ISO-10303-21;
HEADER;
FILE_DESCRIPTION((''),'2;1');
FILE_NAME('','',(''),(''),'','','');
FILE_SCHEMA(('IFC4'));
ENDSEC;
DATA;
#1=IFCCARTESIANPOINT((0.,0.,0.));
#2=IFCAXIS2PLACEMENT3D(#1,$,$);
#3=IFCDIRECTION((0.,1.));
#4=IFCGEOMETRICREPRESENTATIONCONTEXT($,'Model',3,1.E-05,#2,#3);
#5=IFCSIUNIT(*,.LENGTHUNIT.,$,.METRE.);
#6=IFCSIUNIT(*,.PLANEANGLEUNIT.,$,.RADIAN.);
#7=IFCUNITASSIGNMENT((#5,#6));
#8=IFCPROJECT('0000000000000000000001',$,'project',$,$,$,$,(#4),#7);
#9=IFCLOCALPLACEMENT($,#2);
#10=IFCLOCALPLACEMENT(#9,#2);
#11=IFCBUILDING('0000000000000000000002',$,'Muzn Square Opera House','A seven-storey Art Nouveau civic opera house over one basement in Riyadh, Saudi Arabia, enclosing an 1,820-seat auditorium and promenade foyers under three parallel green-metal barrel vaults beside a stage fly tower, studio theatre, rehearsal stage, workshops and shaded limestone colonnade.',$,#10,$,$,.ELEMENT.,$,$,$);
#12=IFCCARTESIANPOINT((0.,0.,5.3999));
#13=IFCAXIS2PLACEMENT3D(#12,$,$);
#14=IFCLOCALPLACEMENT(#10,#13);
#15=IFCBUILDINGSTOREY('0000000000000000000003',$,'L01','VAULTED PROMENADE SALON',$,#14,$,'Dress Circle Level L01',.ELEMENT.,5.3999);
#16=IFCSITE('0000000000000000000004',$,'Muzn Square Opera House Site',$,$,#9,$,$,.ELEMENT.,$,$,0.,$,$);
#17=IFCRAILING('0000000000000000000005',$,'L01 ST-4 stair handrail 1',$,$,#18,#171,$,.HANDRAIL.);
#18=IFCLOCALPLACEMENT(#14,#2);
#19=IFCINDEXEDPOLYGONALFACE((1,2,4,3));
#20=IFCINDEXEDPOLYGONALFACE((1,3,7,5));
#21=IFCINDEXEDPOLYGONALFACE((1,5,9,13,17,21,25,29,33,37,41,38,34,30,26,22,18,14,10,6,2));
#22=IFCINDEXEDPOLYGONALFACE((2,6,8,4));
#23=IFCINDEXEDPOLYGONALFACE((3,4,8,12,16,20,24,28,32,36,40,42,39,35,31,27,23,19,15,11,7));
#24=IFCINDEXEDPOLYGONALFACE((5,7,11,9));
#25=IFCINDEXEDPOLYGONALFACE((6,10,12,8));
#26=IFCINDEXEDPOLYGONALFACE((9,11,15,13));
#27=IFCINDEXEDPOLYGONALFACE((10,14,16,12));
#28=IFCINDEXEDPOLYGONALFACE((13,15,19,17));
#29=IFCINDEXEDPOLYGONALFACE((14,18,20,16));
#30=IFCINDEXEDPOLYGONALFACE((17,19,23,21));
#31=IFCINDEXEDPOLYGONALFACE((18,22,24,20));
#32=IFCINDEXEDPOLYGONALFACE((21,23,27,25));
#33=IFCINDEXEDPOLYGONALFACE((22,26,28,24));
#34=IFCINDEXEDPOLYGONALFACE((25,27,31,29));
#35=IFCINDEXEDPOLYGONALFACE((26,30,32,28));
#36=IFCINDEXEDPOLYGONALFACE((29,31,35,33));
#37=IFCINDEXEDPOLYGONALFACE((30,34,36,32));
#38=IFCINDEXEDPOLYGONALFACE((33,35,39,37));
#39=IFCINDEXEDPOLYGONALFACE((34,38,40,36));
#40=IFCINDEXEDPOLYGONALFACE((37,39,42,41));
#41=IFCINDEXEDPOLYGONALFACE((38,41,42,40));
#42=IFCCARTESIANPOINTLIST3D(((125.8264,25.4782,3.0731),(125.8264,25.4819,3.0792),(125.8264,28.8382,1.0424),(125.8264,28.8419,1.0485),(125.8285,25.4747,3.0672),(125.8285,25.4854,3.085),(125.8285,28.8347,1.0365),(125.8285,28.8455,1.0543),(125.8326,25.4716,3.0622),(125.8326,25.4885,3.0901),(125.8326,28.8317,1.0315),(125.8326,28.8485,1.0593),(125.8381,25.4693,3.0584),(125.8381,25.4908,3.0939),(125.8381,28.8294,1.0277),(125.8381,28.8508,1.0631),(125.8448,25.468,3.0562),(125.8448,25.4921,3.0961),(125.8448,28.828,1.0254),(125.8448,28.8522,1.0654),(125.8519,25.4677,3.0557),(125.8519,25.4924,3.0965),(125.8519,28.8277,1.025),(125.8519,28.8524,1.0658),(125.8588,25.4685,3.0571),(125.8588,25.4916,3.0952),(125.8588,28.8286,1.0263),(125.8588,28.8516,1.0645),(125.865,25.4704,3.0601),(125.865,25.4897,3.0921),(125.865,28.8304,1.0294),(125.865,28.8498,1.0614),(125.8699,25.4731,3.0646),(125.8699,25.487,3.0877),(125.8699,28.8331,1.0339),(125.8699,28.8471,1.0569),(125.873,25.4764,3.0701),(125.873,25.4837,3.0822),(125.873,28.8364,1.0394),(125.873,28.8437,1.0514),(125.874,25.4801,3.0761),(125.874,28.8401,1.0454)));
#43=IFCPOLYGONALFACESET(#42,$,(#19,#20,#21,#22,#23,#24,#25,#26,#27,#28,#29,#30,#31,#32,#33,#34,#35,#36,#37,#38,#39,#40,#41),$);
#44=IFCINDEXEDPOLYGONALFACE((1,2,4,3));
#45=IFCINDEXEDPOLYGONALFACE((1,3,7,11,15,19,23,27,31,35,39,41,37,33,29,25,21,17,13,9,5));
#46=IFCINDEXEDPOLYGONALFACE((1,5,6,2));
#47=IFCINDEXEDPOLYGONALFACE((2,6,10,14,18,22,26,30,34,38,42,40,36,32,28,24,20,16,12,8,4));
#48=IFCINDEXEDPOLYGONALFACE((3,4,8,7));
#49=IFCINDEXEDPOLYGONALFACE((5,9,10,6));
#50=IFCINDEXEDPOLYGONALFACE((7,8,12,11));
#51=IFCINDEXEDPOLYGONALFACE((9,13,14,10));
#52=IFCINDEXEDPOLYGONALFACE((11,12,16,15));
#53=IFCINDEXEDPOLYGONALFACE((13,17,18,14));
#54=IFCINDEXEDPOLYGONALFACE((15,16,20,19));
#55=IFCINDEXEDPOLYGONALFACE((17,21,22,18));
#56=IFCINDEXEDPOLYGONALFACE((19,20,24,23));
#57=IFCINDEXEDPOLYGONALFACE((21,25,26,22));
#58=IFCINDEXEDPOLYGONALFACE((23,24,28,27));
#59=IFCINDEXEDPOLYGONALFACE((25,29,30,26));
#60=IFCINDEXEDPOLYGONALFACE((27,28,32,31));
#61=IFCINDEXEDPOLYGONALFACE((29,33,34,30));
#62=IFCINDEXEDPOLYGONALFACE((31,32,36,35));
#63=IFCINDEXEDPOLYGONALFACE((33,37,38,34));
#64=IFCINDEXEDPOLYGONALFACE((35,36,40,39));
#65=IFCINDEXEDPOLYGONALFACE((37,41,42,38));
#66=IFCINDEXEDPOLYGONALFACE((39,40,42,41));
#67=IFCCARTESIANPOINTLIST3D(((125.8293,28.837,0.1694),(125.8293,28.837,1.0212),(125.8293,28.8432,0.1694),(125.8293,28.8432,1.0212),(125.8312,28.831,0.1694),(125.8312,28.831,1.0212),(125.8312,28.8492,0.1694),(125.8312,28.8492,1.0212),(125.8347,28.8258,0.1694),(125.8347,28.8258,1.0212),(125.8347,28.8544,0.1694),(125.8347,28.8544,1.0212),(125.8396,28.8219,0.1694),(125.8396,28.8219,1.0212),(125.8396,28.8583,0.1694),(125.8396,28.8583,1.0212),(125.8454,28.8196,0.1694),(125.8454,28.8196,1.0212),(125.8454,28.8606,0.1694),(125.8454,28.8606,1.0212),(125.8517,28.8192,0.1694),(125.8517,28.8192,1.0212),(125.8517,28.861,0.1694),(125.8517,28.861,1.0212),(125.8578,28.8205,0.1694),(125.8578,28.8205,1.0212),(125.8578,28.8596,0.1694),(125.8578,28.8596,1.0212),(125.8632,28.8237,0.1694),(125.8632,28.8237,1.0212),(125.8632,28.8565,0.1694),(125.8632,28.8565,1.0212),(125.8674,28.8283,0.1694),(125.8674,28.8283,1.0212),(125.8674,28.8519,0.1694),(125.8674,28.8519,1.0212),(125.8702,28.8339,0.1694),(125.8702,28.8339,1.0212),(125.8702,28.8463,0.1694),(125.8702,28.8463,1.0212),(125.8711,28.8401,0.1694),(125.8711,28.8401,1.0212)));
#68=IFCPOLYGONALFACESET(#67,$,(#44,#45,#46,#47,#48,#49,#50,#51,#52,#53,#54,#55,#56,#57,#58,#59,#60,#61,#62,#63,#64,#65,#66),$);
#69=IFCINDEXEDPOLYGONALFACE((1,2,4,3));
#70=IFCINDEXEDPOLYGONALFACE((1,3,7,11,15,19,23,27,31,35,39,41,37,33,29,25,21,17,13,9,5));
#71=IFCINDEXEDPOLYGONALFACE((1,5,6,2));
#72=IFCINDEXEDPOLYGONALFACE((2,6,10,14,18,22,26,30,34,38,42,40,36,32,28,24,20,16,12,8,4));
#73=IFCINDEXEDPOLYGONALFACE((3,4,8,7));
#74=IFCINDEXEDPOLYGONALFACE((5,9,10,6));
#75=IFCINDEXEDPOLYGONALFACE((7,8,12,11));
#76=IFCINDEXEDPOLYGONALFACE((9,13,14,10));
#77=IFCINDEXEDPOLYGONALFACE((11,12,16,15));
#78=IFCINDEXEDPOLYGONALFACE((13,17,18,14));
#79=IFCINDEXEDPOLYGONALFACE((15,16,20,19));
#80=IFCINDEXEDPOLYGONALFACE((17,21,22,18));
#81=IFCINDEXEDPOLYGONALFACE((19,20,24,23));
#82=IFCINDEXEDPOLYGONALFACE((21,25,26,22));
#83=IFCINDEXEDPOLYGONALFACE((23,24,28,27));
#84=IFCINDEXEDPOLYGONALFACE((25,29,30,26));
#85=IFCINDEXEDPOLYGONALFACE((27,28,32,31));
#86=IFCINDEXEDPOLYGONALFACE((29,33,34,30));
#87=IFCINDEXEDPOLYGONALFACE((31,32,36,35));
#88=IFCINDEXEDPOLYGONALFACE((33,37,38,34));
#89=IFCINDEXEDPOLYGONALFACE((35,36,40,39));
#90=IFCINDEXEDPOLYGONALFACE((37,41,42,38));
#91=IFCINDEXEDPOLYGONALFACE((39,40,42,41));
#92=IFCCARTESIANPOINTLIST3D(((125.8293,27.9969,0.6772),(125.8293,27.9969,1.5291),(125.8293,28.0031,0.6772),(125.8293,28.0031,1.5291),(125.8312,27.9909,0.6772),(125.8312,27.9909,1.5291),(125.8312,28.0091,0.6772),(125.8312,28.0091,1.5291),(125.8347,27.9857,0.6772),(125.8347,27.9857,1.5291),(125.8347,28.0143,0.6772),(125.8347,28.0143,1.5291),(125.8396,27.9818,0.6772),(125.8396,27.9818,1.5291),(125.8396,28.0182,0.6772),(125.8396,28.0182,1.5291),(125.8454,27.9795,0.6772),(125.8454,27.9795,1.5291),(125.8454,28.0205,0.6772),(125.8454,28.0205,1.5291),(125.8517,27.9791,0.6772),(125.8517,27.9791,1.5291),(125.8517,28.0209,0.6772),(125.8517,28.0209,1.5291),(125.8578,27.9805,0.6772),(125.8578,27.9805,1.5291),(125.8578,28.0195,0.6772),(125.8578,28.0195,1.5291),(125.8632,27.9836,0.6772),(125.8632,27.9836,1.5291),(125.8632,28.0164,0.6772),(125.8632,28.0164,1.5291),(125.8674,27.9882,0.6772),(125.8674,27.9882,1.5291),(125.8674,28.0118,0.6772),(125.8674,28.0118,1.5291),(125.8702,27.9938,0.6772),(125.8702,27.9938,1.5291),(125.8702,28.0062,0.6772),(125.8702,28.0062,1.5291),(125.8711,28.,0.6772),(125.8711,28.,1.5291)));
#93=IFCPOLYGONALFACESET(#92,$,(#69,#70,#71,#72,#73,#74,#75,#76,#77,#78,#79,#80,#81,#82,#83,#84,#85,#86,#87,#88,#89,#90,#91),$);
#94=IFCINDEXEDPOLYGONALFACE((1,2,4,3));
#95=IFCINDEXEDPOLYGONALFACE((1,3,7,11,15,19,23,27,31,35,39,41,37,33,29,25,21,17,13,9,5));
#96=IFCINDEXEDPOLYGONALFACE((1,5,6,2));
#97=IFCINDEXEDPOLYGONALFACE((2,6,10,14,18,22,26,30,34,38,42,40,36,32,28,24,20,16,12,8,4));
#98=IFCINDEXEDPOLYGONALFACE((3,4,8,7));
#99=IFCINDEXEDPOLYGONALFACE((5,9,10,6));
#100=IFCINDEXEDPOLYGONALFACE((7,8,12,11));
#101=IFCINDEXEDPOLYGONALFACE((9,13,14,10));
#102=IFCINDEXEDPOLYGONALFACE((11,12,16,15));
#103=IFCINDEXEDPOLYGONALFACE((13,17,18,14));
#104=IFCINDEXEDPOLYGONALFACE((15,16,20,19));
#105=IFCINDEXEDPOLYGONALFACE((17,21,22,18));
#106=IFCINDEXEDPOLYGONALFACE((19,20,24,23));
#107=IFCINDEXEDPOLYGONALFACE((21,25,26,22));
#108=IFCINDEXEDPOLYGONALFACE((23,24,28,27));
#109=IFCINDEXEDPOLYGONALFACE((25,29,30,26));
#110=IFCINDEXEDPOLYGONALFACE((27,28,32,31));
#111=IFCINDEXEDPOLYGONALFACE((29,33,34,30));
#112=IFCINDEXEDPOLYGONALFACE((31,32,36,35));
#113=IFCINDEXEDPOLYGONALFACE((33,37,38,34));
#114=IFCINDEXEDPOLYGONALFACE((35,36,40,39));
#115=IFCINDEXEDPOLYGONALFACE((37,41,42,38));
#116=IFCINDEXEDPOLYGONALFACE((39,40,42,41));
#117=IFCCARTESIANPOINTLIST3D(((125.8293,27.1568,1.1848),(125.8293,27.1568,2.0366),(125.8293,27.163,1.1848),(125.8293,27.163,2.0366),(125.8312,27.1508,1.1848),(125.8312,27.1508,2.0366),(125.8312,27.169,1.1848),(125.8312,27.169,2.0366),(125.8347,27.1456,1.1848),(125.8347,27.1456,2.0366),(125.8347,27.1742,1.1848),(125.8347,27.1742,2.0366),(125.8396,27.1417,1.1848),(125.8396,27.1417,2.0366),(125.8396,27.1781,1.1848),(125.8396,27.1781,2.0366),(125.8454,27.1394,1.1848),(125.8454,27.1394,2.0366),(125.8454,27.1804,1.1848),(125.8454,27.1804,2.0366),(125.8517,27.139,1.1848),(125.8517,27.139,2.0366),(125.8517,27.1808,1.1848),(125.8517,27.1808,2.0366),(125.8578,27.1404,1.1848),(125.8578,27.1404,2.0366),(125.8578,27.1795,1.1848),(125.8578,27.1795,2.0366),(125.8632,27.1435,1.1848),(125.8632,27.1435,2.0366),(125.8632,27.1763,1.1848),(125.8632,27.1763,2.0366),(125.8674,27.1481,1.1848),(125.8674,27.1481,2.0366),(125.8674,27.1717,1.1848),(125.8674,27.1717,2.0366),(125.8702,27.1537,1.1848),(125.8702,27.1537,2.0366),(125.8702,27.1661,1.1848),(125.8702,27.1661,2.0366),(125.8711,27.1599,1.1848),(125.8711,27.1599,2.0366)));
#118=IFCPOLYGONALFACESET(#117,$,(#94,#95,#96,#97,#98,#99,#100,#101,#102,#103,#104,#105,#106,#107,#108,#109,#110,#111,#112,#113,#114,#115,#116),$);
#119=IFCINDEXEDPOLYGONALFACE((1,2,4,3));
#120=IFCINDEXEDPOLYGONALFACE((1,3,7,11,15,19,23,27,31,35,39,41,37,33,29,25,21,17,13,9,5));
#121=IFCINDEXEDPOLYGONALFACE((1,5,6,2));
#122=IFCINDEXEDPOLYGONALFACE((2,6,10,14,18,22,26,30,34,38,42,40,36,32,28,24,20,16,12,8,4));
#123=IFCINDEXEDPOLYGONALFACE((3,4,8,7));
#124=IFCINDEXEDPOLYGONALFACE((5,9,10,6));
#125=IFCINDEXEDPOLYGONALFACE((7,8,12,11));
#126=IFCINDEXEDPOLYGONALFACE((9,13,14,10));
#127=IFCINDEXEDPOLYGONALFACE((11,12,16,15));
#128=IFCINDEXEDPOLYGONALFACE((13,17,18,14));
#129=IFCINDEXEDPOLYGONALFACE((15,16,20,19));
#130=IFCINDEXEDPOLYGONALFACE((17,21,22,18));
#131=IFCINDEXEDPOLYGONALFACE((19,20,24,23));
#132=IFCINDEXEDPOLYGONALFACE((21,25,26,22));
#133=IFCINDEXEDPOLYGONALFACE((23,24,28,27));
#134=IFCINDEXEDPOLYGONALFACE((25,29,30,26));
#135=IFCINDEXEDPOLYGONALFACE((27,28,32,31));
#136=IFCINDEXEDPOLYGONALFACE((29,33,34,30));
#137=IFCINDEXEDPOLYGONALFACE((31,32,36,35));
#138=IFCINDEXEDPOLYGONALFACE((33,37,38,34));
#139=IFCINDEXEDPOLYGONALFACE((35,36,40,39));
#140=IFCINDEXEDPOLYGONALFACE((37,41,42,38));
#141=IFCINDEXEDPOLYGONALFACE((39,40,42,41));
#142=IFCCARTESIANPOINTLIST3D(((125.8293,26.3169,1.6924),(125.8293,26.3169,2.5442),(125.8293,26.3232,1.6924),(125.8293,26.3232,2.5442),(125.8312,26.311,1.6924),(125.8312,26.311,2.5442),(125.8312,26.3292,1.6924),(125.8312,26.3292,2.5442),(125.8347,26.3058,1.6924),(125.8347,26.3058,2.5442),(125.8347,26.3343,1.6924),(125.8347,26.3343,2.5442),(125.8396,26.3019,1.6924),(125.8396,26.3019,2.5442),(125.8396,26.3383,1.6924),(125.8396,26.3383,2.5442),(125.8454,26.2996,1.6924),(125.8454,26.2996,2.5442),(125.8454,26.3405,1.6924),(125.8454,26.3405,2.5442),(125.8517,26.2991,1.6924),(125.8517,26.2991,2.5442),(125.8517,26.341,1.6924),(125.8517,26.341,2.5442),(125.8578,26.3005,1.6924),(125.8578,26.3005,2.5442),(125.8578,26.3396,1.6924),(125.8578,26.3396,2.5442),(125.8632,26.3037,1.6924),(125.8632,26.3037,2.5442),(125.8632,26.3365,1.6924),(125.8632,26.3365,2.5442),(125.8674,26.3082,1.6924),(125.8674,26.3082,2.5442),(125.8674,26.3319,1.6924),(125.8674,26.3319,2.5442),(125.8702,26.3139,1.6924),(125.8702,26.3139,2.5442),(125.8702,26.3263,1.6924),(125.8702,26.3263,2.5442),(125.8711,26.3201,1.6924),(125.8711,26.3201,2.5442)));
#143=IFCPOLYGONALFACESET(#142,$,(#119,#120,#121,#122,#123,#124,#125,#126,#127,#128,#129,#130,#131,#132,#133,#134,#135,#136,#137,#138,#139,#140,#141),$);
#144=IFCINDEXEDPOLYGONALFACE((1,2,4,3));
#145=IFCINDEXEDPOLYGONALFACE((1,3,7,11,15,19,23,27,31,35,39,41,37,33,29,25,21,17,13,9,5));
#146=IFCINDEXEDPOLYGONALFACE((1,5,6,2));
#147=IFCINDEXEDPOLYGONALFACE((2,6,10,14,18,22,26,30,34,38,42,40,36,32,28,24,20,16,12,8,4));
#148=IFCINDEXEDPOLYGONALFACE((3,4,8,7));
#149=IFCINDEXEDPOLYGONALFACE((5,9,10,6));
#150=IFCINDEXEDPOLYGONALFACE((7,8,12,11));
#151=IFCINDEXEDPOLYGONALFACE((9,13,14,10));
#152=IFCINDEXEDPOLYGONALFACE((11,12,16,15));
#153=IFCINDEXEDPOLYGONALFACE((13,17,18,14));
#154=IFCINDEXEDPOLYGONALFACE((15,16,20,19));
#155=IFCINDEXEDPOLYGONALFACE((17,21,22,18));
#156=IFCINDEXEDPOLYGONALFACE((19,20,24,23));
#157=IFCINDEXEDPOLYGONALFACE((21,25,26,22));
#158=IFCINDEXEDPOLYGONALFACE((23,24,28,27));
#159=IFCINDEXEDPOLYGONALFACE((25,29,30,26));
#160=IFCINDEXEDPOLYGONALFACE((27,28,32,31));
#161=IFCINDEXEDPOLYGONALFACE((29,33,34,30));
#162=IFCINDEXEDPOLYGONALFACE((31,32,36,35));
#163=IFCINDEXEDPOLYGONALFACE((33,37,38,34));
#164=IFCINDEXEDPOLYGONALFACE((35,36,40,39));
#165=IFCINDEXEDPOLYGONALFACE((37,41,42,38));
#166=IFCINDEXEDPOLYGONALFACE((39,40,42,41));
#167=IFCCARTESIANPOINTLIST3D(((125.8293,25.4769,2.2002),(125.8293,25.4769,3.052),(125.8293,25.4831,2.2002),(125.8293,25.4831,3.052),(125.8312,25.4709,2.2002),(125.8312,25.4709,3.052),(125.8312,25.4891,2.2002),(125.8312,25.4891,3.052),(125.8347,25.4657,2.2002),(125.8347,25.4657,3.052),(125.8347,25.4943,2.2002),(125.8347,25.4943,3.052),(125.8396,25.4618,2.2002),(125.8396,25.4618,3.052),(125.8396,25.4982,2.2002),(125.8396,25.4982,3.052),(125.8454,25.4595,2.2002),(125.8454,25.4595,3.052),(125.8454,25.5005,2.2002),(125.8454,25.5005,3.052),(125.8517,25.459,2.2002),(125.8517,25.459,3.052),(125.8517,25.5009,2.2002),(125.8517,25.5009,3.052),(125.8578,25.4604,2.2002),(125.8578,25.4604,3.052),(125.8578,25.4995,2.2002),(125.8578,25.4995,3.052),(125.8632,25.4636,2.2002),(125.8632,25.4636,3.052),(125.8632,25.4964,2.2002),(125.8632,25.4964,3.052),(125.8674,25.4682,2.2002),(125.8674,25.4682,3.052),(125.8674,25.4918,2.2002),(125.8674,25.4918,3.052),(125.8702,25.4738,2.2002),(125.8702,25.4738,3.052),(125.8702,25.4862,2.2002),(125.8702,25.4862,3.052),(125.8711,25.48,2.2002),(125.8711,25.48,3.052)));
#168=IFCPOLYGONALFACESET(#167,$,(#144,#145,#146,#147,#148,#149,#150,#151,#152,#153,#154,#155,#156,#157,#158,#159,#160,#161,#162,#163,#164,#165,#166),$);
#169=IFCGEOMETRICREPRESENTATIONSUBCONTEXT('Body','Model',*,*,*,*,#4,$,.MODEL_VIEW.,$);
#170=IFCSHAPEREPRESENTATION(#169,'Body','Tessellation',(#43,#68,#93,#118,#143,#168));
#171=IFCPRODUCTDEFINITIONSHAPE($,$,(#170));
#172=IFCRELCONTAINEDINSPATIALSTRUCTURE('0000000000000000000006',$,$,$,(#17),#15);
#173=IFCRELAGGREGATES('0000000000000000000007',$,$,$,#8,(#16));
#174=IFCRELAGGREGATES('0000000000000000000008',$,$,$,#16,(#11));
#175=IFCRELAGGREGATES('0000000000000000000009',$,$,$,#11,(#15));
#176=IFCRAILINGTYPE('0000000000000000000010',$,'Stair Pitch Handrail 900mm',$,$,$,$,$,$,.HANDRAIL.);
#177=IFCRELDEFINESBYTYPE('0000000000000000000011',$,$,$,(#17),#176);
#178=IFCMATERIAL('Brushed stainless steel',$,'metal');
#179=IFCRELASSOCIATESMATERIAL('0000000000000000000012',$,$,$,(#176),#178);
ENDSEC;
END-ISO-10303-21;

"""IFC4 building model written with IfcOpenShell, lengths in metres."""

from ifc_helpers import new_model, si_unit, direction, frame, origin, origin_2d, place, context, subcontext, project, spatial, circle, extrude, material, type_object, element, save


model = new_model("IFC4")

# Units and contexts
model_context = context("Model", 3, precision=1e-05, world=origin(), true_north=direction((0.0, 1.0)))
body_context = subcontext(model_context, "Body", "Model", "MODEL_VIEW")
ifc_project = project(units=[si_unit("LENGTHUNIT", "METRE"), si_unit("PLANEANGLEUNIT", "RADIAN")], contexts=[model_context])

# Site, building, storey
site_placement = place(None, origin())
site = spatial("IfcSite", under=ifc_project, at=site_placement, Name="Muzn Square Opera House Site", CompositionType="ELEMENT", RefElevation=0.0)
building_placement = place(site_placement, origin())
building = spatial("IfcBuilding", under=site, at=building_placement, Name="Muzn Square Opera House", Description="A seven-storey Art Nouveau civic opera house over one basement in Riyadh, Saudi Arabia, enclosing an 1,820-seat auditorium and promenade foyers under three parallel green-metal barrel vaults beside a stage fly tower, studio theatre, rehearsal stage, workshops and shaded limestone colonnade.", CompositionType="ELEMENT")
storey_placement = place(building_placement, frame((0.0, 0.0, 5.3999)))
storey = spatial("IfcBuildingStorey", under=building, at=storey_placement, Name="L01", Description="VAULTED PROMENADE SALON", LongName="Dress Circle Level L01", CompositionType="ELEMENT", Elevation=5.3999)

# Shared definitions
ifc_material_1 = material(Name="Brushed stainless steel", Category="metal")

# Railing
railing_type_1 = type_object("IfcRailingType", Name="Stair Pitch Handrail 900mm", PredefinedType="HANDRAIL", material=ifc_material_1)
railing_1_placement = place(storey_placement, frame((125.8501, 28.8401, 0.1694)))
element("IfcRailing", 1, at=railing_1_placement, inside=storey, type_object=railing_type_1, Name="L01 ST-4 stair handrail 1", PredefinedType="HANDRAIL", context=body_context, shape_type="SweptSolid", body=[
    extrude(circle(Radius=0.0239, at=origin_2d()), frame((0.0, 0.0, 0.876), z_axis=(0.0, -0.855837, 0.517246), x_axis=(1.0, 0.0, 0.0)), (0.0, 0.0, 1.0), 3.926),
    extrude(circle(Radius=0.021, at=origin_2d()), origin(), (0.0, 0.0, 1.0), 0.8518),
    extrude(circle(Radius=0.021, at=origin_2d()), frame((0.0, -0.8401, 0.5078)), (0.0, 0.0, 1.0), 0.8518),
    extrude(circle(Radius=0.021, at=origin_2d()), frame((0.0, -1.6802, 1.0154)), (0.0, 0.0, 1.0), 0.8518),
    extrude(circle(Radius=0.021, at=origin_2d()), frame((0.0, -2.52, 1.5229)), (0.0, 0.0, 1.0), 0.8518),
    extrude(circle(Radius=0.021, at=origin_2d()), frame((0.0, -3.3601, 2.0308)), (0.0, 0.0, 1.0), 0.8518),
])

save(model, "model.ifc")
